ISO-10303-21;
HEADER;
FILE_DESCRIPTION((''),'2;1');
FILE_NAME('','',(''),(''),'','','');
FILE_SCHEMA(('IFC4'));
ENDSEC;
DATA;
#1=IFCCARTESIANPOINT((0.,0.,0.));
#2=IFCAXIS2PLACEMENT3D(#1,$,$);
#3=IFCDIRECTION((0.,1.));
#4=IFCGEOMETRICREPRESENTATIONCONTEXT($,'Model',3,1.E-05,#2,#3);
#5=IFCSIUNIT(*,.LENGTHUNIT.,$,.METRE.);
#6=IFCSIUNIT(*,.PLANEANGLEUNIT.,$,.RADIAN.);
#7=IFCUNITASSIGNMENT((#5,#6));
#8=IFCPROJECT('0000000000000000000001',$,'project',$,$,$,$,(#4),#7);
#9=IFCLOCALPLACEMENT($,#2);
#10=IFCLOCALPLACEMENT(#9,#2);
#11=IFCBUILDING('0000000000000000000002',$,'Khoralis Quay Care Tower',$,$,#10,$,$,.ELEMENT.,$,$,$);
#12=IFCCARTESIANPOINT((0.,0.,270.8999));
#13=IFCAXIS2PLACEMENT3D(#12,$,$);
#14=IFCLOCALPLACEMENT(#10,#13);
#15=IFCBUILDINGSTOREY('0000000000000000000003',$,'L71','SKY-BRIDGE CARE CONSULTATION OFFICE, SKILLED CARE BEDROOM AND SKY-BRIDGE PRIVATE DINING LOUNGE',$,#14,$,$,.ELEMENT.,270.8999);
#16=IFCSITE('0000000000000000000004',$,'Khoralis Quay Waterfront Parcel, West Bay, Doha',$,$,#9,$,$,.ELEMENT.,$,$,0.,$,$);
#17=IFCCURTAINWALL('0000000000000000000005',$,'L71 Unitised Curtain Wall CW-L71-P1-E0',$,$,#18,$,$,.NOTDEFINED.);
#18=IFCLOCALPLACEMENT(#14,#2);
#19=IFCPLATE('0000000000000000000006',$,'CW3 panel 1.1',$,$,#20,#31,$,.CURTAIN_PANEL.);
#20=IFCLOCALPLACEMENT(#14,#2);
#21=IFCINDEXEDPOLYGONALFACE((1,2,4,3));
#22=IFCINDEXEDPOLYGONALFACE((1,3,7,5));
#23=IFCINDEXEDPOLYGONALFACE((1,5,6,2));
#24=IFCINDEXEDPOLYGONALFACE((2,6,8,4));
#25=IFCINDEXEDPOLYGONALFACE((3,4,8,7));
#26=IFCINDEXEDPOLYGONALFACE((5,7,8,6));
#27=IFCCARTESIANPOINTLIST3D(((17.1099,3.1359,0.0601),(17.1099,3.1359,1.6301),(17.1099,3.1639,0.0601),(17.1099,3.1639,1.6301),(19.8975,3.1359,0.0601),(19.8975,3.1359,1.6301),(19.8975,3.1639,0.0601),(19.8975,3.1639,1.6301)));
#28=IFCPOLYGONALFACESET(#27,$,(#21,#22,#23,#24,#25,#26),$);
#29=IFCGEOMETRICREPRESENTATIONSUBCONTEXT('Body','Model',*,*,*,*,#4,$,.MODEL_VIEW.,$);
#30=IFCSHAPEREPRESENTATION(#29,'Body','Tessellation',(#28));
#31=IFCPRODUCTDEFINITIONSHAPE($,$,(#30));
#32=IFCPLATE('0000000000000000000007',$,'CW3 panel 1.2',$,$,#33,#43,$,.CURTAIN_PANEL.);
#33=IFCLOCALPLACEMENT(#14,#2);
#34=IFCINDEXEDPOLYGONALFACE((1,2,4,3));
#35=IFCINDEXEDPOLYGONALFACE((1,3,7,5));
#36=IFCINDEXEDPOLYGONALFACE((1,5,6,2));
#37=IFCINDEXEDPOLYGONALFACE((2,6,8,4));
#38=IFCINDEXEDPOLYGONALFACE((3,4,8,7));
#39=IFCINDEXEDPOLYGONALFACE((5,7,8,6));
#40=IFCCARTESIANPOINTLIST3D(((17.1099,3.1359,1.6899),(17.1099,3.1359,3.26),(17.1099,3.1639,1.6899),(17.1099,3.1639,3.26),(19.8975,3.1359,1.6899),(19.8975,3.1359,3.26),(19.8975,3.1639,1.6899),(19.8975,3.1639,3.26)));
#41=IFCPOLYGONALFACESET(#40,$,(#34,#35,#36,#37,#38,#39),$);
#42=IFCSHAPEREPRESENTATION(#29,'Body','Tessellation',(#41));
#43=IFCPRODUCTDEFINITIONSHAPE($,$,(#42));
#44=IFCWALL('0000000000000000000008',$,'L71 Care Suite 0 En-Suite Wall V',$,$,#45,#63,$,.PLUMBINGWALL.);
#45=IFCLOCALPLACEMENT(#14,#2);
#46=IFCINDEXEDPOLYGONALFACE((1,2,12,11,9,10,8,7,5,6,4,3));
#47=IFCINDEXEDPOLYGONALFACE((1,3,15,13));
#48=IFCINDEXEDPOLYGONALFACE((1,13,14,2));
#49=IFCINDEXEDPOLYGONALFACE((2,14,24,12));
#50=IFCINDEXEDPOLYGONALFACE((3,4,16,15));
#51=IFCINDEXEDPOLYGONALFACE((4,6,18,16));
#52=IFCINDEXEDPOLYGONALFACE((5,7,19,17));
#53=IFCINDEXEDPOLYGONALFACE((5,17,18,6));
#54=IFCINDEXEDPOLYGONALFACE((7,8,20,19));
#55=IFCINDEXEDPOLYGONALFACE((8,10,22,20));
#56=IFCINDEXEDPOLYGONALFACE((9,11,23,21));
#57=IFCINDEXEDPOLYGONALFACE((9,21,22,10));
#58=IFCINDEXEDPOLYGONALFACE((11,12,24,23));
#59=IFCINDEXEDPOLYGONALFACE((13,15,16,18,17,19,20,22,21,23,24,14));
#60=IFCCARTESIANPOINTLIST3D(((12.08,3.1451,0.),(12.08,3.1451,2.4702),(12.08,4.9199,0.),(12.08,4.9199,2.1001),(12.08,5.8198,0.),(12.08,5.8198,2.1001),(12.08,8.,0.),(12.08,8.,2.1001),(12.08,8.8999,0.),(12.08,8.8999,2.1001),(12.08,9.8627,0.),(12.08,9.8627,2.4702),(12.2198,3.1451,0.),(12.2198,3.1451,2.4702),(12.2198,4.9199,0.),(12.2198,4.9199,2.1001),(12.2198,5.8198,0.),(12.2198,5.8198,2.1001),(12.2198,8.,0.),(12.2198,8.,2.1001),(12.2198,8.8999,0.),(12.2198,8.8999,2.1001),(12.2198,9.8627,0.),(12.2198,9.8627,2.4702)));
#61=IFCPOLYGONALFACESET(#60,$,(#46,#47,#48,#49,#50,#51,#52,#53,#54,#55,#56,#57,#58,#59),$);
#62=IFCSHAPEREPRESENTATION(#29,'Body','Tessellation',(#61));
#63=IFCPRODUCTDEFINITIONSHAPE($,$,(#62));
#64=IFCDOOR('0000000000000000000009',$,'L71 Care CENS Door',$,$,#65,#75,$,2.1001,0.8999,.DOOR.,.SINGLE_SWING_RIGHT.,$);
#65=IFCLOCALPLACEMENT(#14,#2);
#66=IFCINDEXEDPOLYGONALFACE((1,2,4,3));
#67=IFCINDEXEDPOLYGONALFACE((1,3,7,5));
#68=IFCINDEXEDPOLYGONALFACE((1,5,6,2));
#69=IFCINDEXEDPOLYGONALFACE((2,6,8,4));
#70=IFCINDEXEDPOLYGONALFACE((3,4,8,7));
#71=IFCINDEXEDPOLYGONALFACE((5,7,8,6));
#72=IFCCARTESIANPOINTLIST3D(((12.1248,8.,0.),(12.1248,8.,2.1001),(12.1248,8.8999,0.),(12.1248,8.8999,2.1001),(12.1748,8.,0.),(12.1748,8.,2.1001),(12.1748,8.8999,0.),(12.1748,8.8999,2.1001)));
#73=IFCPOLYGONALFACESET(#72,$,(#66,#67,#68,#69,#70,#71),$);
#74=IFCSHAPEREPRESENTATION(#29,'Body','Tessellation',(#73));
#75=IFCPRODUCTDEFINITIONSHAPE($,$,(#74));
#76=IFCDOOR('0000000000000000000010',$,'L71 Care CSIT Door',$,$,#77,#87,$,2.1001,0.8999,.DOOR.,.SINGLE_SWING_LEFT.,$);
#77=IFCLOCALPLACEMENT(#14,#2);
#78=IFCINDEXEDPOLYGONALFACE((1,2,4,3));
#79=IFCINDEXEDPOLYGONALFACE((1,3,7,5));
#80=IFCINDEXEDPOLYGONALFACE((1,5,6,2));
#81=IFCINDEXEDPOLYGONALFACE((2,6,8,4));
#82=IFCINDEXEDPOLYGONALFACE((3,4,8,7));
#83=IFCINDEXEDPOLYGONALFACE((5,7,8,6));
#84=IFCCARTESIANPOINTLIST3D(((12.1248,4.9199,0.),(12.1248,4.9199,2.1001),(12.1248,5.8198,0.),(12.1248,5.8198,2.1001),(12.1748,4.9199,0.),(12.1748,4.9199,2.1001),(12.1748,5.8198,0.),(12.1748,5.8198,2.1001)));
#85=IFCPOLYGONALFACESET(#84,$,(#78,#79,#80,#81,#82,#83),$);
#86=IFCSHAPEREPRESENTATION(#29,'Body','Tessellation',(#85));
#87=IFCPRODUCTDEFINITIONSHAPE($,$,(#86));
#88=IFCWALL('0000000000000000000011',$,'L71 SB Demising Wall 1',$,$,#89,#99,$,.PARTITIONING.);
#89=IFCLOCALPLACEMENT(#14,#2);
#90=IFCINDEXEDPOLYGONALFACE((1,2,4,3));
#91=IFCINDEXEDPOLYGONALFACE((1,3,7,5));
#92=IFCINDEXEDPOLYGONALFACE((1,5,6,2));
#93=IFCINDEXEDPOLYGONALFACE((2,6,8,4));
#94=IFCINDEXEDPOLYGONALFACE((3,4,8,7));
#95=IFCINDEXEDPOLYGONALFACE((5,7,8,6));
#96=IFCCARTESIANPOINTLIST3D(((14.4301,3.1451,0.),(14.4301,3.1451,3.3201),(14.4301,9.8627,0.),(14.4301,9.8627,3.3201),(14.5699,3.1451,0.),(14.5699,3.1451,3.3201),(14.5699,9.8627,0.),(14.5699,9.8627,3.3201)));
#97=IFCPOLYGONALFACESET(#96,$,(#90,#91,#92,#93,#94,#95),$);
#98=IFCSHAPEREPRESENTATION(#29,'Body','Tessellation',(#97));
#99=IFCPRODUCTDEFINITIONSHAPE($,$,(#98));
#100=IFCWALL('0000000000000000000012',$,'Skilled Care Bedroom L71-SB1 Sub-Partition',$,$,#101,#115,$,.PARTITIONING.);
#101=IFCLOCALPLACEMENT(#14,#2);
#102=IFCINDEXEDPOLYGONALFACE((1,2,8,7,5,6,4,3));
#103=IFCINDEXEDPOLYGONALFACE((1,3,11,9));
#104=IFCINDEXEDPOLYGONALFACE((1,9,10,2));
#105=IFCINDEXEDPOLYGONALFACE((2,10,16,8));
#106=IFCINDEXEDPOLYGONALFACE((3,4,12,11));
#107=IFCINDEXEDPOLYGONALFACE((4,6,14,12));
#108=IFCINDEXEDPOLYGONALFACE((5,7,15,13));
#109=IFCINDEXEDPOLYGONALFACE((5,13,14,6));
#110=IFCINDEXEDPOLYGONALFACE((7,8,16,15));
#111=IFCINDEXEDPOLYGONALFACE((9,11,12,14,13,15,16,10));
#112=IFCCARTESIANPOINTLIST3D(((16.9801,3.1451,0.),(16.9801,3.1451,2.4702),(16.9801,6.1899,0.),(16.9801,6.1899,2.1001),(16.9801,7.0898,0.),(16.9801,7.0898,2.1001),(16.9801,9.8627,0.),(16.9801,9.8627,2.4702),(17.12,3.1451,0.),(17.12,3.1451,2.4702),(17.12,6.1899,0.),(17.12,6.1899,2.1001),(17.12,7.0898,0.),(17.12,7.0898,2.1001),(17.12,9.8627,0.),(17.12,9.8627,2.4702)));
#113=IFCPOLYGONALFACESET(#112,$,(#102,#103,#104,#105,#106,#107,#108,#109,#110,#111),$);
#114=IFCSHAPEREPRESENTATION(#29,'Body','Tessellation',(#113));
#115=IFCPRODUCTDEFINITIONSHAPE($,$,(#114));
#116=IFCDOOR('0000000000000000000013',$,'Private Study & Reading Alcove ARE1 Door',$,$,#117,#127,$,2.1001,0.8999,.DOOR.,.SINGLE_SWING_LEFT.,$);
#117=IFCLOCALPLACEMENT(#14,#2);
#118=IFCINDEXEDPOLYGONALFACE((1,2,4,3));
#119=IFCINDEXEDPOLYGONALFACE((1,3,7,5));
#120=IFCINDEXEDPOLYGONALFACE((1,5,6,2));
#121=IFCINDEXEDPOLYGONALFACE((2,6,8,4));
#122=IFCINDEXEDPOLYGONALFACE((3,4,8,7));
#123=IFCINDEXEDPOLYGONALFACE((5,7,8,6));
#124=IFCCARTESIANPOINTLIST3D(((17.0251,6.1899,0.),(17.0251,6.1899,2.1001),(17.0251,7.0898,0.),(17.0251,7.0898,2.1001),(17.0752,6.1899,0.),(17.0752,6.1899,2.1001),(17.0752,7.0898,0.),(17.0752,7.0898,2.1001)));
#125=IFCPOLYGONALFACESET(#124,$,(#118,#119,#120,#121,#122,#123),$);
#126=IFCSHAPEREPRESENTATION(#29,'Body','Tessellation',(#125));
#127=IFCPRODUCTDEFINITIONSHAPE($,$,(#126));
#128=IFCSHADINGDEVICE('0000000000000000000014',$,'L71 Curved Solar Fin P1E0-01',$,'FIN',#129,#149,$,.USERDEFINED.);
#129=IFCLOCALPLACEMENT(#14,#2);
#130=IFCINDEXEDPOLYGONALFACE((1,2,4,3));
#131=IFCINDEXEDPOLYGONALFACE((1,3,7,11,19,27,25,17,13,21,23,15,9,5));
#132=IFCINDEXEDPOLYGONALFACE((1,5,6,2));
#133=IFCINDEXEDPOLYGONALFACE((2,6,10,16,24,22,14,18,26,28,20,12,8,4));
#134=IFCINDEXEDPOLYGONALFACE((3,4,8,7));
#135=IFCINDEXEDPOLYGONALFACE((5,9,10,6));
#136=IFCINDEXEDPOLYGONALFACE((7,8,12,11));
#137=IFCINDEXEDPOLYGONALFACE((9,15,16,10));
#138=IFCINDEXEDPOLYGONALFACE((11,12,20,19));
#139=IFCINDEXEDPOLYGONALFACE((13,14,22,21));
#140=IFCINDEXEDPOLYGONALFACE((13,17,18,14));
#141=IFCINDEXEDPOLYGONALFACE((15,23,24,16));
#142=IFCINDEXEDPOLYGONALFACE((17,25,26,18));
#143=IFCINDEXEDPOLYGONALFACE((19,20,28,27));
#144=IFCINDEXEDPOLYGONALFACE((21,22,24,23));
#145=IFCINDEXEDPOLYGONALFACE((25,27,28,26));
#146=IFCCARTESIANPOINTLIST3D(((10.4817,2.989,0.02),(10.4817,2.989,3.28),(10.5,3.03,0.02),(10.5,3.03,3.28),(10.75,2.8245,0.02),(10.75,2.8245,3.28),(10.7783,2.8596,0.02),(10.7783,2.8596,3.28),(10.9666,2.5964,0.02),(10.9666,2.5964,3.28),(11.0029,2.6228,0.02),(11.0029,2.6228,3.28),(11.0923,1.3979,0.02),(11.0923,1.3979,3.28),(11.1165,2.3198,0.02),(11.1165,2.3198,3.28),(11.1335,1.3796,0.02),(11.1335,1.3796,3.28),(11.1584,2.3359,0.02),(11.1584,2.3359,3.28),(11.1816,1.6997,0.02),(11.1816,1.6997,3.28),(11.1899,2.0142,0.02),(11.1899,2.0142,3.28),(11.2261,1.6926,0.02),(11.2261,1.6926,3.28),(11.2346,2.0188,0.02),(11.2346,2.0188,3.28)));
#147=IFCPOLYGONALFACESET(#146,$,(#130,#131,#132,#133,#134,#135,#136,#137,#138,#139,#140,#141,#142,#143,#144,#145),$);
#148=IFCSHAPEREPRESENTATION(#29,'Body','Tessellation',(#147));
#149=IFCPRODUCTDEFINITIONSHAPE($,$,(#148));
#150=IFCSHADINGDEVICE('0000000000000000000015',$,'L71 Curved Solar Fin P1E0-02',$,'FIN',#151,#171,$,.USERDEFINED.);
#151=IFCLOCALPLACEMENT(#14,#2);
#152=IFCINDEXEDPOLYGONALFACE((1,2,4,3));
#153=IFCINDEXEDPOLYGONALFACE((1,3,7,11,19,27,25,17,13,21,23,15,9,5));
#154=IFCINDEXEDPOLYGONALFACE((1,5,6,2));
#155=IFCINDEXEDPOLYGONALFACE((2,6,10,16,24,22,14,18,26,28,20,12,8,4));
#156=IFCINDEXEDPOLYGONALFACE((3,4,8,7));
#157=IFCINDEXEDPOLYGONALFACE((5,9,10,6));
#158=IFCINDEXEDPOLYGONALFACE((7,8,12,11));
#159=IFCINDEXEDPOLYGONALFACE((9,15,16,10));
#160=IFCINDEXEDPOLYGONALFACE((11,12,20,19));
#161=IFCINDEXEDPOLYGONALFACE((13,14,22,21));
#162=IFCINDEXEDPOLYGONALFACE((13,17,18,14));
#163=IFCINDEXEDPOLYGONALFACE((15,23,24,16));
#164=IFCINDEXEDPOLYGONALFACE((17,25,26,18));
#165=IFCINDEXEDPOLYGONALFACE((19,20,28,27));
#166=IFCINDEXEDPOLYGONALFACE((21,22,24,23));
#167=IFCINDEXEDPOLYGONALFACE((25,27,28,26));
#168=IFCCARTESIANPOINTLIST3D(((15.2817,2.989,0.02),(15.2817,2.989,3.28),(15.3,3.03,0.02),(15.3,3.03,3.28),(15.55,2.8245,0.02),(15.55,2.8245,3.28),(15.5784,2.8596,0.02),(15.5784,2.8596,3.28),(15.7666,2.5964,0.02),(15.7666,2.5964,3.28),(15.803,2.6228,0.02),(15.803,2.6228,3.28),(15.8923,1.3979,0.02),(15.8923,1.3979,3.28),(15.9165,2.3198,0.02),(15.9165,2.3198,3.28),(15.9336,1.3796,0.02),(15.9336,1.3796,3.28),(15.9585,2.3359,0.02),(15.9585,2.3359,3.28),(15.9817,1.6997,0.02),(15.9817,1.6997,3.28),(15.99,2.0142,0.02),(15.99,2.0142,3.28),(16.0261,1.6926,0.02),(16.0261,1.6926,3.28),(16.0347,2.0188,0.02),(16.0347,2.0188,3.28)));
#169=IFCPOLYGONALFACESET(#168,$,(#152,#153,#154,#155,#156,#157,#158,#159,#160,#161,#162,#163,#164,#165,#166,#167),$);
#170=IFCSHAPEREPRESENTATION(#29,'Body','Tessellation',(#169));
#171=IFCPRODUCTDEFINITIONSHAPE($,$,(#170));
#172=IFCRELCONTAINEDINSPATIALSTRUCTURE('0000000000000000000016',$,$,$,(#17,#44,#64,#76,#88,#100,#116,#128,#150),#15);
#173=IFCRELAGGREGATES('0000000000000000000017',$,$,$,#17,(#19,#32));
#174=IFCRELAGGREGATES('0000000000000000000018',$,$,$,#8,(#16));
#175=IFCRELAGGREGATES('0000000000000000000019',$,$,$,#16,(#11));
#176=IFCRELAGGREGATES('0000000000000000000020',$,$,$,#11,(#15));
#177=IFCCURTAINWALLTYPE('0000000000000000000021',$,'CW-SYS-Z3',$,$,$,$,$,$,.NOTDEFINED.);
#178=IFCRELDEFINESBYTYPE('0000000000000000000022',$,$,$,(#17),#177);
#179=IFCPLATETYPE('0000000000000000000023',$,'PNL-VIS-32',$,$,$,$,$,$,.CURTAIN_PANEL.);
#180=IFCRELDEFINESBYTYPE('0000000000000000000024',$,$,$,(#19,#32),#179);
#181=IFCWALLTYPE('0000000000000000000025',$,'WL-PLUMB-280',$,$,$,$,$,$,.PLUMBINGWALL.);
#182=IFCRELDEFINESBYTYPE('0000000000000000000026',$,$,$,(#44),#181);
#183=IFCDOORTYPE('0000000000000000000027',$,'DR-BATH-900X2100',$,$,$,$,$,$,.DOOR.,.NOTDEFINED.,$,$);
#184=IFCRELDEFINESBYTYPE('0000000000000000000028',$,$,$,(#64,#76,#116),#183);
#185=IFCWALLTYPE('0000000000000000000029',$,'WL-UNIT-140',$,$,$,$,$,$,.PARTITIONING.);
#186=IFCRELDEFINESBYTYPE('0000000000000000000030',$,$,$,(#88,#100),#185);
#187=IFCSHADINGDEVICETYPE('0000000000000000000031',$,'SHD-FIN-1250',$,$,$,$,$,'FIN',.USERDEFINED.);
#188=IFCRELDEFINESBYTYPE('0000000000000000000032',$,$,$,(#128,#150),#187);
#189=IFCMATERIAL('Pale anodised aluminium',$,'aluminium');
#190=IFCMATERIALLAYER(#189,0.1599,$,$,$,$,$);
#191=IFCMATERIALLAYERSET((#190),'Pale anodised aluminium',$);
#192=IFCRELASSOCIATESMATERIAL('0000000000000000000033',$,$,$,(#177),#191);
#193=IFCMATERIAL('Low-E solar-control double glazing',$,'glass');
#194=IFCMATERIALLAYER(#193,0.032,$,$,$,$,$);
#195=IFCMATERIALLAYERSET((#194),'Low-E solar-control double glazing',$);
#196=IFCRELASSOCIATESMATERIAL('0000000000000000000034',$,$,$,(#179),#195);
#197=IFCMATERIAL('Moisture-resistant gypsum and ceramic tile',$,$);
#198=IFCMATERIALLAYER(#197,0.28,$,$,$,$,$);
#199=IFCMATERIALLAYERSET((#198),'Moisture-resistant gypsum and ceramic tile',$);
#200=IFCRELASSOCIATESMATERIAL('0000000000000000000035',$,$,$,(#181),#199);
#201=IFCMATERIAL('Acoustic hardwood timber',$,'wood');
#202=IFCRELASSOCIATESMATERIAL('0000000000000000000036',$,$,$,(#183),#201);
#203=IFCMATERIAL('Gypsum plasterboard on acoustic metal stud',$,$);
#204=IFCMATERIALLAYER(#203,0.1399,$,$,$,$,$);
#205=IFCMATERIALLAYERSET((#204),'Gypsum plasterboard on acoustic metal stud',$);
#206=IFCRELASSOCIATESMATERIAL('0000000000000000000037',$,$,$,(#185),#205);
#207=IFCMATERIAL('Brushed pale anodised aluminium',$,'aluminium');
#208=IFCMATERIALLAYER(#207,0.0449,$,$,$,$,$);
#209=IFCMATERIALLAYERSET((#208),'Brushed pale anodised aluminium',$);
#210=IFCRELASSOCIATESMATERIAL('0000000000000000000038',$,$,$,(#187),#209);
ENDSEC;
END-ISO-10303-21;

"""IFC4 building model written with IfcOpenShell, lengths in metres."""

from ifc_helpers import new_model, si_unit, direction, frame, frame_2d, origin, origin_2d, place, context, subcontext, project, spatial, polyline, rectangle, outline, extrude, source, transform, mapped, material, layer, layer_set, type_object, element, fill, aggregate, save


model = new_model("IFC4")

# Units and contexts
model_context = context("Model", 3, precision=1e-05, world=origin(), true_north=direction((0.0, 1.0)))
body_context = subcontext(model_context, "Body", "Model", "MODEL_VIEW")
ifc_project = project(units=[si_unit("LENGTHUNIT", "METRE"), si_unit("PLANEANGLEUNIT", "RADIAN")], contexts=[model_context])

# Site, building, storey
site_placement = place(None, origin())
site = spatial("IfcSite", under=ifc_project, at=site_placement, Name="Khoralis Quay Waterfront Parcel, West Bay, Doha", CompositionType="ELEMENT", RefElevation=0.0)
building_placement = place(site_placement, origin())
building = spatial("IfcBuilding", under=site, at=building_placement, Name="Khoralis Quay Care Tower", CompositionType="ELEMENT")
storey_placement = place(building_placement, frame((0.0, 0.0, 270.8999)))
storey = spatial("IfcBuildingStorey", under=building, at=storey_placement, Name="L71", Description="SKY-BRIDGE CARE CONSULTATION OFFICE, SKILLED CARE BEDROOM AND SKY-BRIDGE PRIVATE DINING LOUNGE", CompositionType="ELEMENT", Elevation=270.8999)

# Curtain wall
ifc_material_1 = material(Name="Pale anodised aluminium", Category="aluminium")
ifc_layer_1 = layer(ifc_material_1, 0.1599)
ifc_layer_set_1 = layer_set([ifc_layer_1], Name="Pale anodised aluminium")
curtain_wall_type = type_object("IfcCurtainWallType", Name="CW-SYS-Z3", PredefinedType="NOTDEFINED", material=ifc_layer_set_1)
curtain_wall_placement = place(storey_placement, origin())
curtain_wall = element("IfcCurtainWall", 1, at=curtain_wall_placement, inside=storey, type_object=curtain_wall_type, Name="L71 Unitised Curtain Wall CW-L71-P1-E0", PredefinedType="NOTDEFINED")

# Plates
ifc_material_2 = material(Name="Low-E solar-control double glazing", Category="glass")
ifc_layer_2 = layer(ifc_material_2, 0.032)
ifc_layer_set_2 = layer_set([ifc_layer_2], Name="Low-E solar-control double glazing")
plate_type = type_object("IfcPlateType", Name="PNL-VIS-32", PredefinedType="CURTAIN_PANEL", material=ifc_layer_set_2)
shared_shape_1 = source(origin(), body_context, "Body", "SweptSolid", [
    extrude(rectangle(XDim=2.7876, YDim=0.0281, at=origin_2d()), origin(), (0.0, 0.0, 1.0), 1.5701),
])
plate_1_placement = place(storey_placement, frame((18.5037, 3.1499, 0.0601), z_axis=(0.0, 0.0, 1.0), x_axis=(1.0, 0.0, 0.0)))
plate_1 = element("IfcPlate", 2, at=plate_1_placement, type_object=plate_type, Name="CW3 panel 1.1", PredefinedType="CURTAIN_PANEL", context=body_context, shape_type="MappedRepresentation", body=[
    mapped(shared_shape_1, transform((0.0, 0.0, 0.0), scale=1.0)),
])
plate_2_placement = place(storey_placement, frame((18.5037, 3.1499, 1.6899), z_axis=(0.0, 0.0, 1.0), x_axis=(1.0, 0.0, 0.0)))
plate_2 = element("IfcPlate", 3, at=plate_2_placement, type_object=plate_type, Name="CW3 panel 1.2", PredefinedType="CURTAIN_PANEL", context=body_context, shape_type="MappedRepresentation", body=[
    mapped(shared_shape_1, transform((0.0, 0.0, 0.0), scale=1.0)),
])
aggregate(curtain_wall, [plate_1, plate_2])

# Wall, openings, doors
ifc_material_3 = material(Name="Moisture-resistant gypsum and ceramic tile")
ifc_layer_3 = layer(ifc_material_3, 0.28)
ifc_layer_set_3 = layer_set([ifc_layer_3], Name="Moisture-resistant gypsum and ceramic tile")
wall_type_1 = type_object("IfcWallType", Name="WL-PLUMB-280", PredefinedType="PLUMBINGWALL", material=ifc_layer_set_3)
wall_1_placement = place(storey_placement, frame((12.1499, 3.145, 0.0), z_axis=(0.0, 0.0, 1.0), x_axis=(0.0, 1.0, 0.0)))
wall_1 = element("IfcWall", 4, at=wall_1_placement, inside=storey, type_object=wall_type_1, Name="L71 Care Suite 0 En-Suite Wall V", PredefinedType="PLUMBINGWALL", context=body_context, shape_type="SweptSolid", body=[
    extrude(rectangle(XDim=6.7175, YDim=0.1399, at=frame_2d((3.3589, 0.0))), origin(), (0.0, 0.0, 1.0), 2.4702),
])
opening_1_placement = place(wall_1_placement, frame((4.855, 0.0, 0.0)))
opening_1 = element("IfcOpeningElement", 5, at=opening_1_placement, cuts=wall_1, PredefinedType="OPENING", context=body_context, shape_type="SweptSolid", body=[
    extrude(rectangle(XDim=0.8999, YDim=2.1001, at=frame_2d((0.45, 1.05))), frame((0.0, 0.0801, 0.0), z_axis=(0.0, -1.0, 0.0), x_axis=(1.0, 0.0, 0.0)), (0.0, 0.0, 1.0), 0.1599),
])
opening_2_placement = place(wall_1_placement, frame((1.7749, 0.0, 0.0)))
opening_2 = element("IfcOpeningElement", 6, at=opening_2_placement, cuts=wall_1, PredefinedType="OPENING", context=body_context, shape_type="SweptSolid", body=[
    extrude(rectangle(XDim=0.8999, YDim=2.1001, at=frame_2d((0.45, 1.05))), frame((0.0, 0.0801, 0.0), z_axis=(0.0, -1.0, 0.0), x_axis=(1.0, 0.0, 0.0)), (0.0, 0.0, 1.0), 0.1599),
])
ifc_material_4 = material(Name="Acoustic hardwood timber", Category="wood")
door_type = type_object("IfcDoorType", Name="DR-BATH-900X2100", OperationType="NOTDEFINED", PredefinedType="DOOR", material=ifc_material_4)
shared_shape_2 = source(origin(), body_context, "Body", "SweptSolid", [
    extrude(rectangle(XDim=0.8999, YDim=2.1001, at=frame_2d((0.45, 1.05))), frame((0.0, 0.0249, 0.0), z_axis=(0.0, -1.0, 0.0), x_axis=(1.0, 0.0, 0.0)), (0.0, 0.0, 1.0), 0.05),
])
door_1_placement = place(opening_1_placement, frame((0.8999, 0.0, 0.0), z_axis=(0.0, 0.0, 1.0), x_axis=(-1.0, 0.0, 0.0)))
door_1 = element("IfcDoor", 7, at=door_1_placement, inside=storey, type_object=door_type, Name="L71 Care CENS Door", OperationType="SINGLE_SWING_RIGHT", OverallHeight=2.1001, OverallWidth=0.8999, PredefinedType="DOOR", context=body_context, shape_type="MappedRepresentation", body=[
    mapped(shared_shape_2, transform((0.0, 0.0, 0.0), scale=1.0)),
])
fill(opening_1, door_1)
door_2_placement = place(opening_2_placement, frame((0.8999, 0.0, 0.0), z_axis=(0.0, 0.0, 1.0), x_axis=(-1.0, 0.0, 0.0)))
door_2 = element("IfcDoor", 8, at=door_2_placement, inside=storey, type_object=door_type, Name="L71 Care CSIT Door", OperationType="SINGLE_SWING_LEFT", OverallHeight=2.1001, OverallWidth=0.8999, PredefinedType="DOOR", context=body_context, shape_type="MappedRepresentation", body=[
    mapped(shared_shape_2, transform((0.0, 0.0, 0.0), scale=1.0)),
])
fill(opening_2, door_2)

# Wall
ifc_material_5 = material(Name="Gypsum plasterboard on acoustic metal stud")
ifc_layer_4 = layer(ifc_material_5, 0.1399)
ifc_layer_set_4 = layer_set([ifc_layer_4], Name="Gypsum plasterboard on acoustic metal stud")
wall_type_2 = type_object("IfcWallType", Name="WL-UNIT-140", PredefinedType="PARTITIONING", material=ifc_layer_set_4)
wall_2_placement = place(storey_placement, frame((14.5, 3.145, 0.0), z_axis=(0.0, 0.0, 1.0), x_axis=(0.0, 1.0, 0.0)))
element("IfcWall", 9, at=wall_2_placement, inside=storey, type_object=wall_type_2, Name="L71 SB Demising Wall 1", PredefinedType="PARTITIONING", context=body_context, shape_type="SweptSolid", body=[
    extrude(rectangle(XDim=6.7175, YDim=0.1399, at=frame_2d((3.3589, 0.0))), origin(), (0.0, 0.0, 1.0), 3.3201),
])

# Wall, opening, door
wall_3_placement = place(storey_placement, frame((17.05, 3.145, 0.0), z_axis=(0.0, 0.0, 1.0), x_axis=(0.0, 1.0, 0.0)))
wall_3 = element("IfcWall", 10, at=wall_3_placement, inside=storey, type_object=wall_type_2, Name="Skilled Care Bedroom L71-SB1 Sub-Partition", PredefinedType="PARTITIONING", context=body_context, shape_type="SweptSolid", body=[
    extrude(rectangle(XDim=6.7175, YDim=0.1399, at=frame_2d((3.3589, 0.0))), origin(), (0.0, 0.0, 1.0), 2.4702),
])
opening_3_placement = place(wall_3_placement, frame((3.0449, 0.0, 0.0)))
opening_3 = element("IfcOpeningElement", 11, at=opening_3_placement, cuts=wall_3, PredefinedType="OPENING", context=body_context, shape_type="SweptSolid", body=[
    extrude(rectangle(XDim=0.8999, YDim=2.1001, at=frame_2d((0.45, 1.05))), frame((0.0, 0.0801, 0.0), z_axis=(0.0, -1.0, 0.0), x_axis=(1.0, 0.0, 0.0)), (0.0, 0.0, 1.0), 0.1599),
])
door_3_placement = place(opening_3_placement, origin())
door_3 = element("IfcDoor", 12, at=door_3_placement, inside=storey, type_object=door_type, Name="Private Study & Reading Alcove ARE1 Door", OperationType="SINGLE_SWING_LEFT", OverallHeight=2.1001, OverallWidth=0.8999, PredefinedType="DOOR", context=body_context, shape_type="MappedRepresentation", body=[
    mapped(shared_shape_2, transform((0.0, 0.0, 0.0), scale=1.0)),
])
fill(opening_3, door_3)

# Shading devices
ifc_material_6 = material(Name="Brushed pale anodised aluminium", Category="aluminium")
ifc_layer_5 = layer(ifc_material_6, 0.0449)
ifc_layer_set_5 = layer_set([ifc_layer_5], Name="Brushed pale anodised aluminium")
shading_device_type = type_object("IfcShadingDeviceType", Name="SHD-FIN-1250", ElementType="FIN", PredefinedType="USERDEFINED", material=ifc_layer_set_5)
shared_shape_3 = source(origin(), body_context, "Body", "SweptSolid", [
    extrude(outline(polyline([(0.0, 0.0), (0.1704, 0.2783), (0.4072, 0.5029), (0.6941, 0.6584), (1.0112, 0.7346), (1.3374, 0.7261), (1.6504, 0.6335), (1.6321, 0.5923), (1.3303, 0.6816), (1.0159, 0.6899), (0.7102, 0.6165), (0.4336, 0.4666), (0.2056, 0.25), (0.041, -0.0183), (0.0, 0.0)])), origin(), (0.0, 0.0, 1.0), 3.26),
])
for number, where, z_axis, x_axis, name in (
    (13, (10.5, 3.03, 0.02), (0.0, 0.0, 1.0), (0.0, -1.0, 0.0), "L71 Curved Solar Fin P1E0-01"),
    (14, (15.3, 3.03, 0.02), (0.0, 0.0, 1.0), (0.0, -1.0, 0.0), "L71 Curved Solar Fin P1E0-02"),
):
    element("IfcShadingDevice", number, at=place(storey_placement, frame(where, z_axis=z_axis, x_axis=x_axis)), inside=storey, type_object=shading_device_type, Name=name, ObjectType="FIN", PredefinedType="USERDEFINED", context=body_context, shape_type="MappedRepresentation", body=[
        mapped(shared_shape_3, transform((0.0, 0.0, 0.0), scale=1.0)),
    ])

save(model, "model.ifc")
